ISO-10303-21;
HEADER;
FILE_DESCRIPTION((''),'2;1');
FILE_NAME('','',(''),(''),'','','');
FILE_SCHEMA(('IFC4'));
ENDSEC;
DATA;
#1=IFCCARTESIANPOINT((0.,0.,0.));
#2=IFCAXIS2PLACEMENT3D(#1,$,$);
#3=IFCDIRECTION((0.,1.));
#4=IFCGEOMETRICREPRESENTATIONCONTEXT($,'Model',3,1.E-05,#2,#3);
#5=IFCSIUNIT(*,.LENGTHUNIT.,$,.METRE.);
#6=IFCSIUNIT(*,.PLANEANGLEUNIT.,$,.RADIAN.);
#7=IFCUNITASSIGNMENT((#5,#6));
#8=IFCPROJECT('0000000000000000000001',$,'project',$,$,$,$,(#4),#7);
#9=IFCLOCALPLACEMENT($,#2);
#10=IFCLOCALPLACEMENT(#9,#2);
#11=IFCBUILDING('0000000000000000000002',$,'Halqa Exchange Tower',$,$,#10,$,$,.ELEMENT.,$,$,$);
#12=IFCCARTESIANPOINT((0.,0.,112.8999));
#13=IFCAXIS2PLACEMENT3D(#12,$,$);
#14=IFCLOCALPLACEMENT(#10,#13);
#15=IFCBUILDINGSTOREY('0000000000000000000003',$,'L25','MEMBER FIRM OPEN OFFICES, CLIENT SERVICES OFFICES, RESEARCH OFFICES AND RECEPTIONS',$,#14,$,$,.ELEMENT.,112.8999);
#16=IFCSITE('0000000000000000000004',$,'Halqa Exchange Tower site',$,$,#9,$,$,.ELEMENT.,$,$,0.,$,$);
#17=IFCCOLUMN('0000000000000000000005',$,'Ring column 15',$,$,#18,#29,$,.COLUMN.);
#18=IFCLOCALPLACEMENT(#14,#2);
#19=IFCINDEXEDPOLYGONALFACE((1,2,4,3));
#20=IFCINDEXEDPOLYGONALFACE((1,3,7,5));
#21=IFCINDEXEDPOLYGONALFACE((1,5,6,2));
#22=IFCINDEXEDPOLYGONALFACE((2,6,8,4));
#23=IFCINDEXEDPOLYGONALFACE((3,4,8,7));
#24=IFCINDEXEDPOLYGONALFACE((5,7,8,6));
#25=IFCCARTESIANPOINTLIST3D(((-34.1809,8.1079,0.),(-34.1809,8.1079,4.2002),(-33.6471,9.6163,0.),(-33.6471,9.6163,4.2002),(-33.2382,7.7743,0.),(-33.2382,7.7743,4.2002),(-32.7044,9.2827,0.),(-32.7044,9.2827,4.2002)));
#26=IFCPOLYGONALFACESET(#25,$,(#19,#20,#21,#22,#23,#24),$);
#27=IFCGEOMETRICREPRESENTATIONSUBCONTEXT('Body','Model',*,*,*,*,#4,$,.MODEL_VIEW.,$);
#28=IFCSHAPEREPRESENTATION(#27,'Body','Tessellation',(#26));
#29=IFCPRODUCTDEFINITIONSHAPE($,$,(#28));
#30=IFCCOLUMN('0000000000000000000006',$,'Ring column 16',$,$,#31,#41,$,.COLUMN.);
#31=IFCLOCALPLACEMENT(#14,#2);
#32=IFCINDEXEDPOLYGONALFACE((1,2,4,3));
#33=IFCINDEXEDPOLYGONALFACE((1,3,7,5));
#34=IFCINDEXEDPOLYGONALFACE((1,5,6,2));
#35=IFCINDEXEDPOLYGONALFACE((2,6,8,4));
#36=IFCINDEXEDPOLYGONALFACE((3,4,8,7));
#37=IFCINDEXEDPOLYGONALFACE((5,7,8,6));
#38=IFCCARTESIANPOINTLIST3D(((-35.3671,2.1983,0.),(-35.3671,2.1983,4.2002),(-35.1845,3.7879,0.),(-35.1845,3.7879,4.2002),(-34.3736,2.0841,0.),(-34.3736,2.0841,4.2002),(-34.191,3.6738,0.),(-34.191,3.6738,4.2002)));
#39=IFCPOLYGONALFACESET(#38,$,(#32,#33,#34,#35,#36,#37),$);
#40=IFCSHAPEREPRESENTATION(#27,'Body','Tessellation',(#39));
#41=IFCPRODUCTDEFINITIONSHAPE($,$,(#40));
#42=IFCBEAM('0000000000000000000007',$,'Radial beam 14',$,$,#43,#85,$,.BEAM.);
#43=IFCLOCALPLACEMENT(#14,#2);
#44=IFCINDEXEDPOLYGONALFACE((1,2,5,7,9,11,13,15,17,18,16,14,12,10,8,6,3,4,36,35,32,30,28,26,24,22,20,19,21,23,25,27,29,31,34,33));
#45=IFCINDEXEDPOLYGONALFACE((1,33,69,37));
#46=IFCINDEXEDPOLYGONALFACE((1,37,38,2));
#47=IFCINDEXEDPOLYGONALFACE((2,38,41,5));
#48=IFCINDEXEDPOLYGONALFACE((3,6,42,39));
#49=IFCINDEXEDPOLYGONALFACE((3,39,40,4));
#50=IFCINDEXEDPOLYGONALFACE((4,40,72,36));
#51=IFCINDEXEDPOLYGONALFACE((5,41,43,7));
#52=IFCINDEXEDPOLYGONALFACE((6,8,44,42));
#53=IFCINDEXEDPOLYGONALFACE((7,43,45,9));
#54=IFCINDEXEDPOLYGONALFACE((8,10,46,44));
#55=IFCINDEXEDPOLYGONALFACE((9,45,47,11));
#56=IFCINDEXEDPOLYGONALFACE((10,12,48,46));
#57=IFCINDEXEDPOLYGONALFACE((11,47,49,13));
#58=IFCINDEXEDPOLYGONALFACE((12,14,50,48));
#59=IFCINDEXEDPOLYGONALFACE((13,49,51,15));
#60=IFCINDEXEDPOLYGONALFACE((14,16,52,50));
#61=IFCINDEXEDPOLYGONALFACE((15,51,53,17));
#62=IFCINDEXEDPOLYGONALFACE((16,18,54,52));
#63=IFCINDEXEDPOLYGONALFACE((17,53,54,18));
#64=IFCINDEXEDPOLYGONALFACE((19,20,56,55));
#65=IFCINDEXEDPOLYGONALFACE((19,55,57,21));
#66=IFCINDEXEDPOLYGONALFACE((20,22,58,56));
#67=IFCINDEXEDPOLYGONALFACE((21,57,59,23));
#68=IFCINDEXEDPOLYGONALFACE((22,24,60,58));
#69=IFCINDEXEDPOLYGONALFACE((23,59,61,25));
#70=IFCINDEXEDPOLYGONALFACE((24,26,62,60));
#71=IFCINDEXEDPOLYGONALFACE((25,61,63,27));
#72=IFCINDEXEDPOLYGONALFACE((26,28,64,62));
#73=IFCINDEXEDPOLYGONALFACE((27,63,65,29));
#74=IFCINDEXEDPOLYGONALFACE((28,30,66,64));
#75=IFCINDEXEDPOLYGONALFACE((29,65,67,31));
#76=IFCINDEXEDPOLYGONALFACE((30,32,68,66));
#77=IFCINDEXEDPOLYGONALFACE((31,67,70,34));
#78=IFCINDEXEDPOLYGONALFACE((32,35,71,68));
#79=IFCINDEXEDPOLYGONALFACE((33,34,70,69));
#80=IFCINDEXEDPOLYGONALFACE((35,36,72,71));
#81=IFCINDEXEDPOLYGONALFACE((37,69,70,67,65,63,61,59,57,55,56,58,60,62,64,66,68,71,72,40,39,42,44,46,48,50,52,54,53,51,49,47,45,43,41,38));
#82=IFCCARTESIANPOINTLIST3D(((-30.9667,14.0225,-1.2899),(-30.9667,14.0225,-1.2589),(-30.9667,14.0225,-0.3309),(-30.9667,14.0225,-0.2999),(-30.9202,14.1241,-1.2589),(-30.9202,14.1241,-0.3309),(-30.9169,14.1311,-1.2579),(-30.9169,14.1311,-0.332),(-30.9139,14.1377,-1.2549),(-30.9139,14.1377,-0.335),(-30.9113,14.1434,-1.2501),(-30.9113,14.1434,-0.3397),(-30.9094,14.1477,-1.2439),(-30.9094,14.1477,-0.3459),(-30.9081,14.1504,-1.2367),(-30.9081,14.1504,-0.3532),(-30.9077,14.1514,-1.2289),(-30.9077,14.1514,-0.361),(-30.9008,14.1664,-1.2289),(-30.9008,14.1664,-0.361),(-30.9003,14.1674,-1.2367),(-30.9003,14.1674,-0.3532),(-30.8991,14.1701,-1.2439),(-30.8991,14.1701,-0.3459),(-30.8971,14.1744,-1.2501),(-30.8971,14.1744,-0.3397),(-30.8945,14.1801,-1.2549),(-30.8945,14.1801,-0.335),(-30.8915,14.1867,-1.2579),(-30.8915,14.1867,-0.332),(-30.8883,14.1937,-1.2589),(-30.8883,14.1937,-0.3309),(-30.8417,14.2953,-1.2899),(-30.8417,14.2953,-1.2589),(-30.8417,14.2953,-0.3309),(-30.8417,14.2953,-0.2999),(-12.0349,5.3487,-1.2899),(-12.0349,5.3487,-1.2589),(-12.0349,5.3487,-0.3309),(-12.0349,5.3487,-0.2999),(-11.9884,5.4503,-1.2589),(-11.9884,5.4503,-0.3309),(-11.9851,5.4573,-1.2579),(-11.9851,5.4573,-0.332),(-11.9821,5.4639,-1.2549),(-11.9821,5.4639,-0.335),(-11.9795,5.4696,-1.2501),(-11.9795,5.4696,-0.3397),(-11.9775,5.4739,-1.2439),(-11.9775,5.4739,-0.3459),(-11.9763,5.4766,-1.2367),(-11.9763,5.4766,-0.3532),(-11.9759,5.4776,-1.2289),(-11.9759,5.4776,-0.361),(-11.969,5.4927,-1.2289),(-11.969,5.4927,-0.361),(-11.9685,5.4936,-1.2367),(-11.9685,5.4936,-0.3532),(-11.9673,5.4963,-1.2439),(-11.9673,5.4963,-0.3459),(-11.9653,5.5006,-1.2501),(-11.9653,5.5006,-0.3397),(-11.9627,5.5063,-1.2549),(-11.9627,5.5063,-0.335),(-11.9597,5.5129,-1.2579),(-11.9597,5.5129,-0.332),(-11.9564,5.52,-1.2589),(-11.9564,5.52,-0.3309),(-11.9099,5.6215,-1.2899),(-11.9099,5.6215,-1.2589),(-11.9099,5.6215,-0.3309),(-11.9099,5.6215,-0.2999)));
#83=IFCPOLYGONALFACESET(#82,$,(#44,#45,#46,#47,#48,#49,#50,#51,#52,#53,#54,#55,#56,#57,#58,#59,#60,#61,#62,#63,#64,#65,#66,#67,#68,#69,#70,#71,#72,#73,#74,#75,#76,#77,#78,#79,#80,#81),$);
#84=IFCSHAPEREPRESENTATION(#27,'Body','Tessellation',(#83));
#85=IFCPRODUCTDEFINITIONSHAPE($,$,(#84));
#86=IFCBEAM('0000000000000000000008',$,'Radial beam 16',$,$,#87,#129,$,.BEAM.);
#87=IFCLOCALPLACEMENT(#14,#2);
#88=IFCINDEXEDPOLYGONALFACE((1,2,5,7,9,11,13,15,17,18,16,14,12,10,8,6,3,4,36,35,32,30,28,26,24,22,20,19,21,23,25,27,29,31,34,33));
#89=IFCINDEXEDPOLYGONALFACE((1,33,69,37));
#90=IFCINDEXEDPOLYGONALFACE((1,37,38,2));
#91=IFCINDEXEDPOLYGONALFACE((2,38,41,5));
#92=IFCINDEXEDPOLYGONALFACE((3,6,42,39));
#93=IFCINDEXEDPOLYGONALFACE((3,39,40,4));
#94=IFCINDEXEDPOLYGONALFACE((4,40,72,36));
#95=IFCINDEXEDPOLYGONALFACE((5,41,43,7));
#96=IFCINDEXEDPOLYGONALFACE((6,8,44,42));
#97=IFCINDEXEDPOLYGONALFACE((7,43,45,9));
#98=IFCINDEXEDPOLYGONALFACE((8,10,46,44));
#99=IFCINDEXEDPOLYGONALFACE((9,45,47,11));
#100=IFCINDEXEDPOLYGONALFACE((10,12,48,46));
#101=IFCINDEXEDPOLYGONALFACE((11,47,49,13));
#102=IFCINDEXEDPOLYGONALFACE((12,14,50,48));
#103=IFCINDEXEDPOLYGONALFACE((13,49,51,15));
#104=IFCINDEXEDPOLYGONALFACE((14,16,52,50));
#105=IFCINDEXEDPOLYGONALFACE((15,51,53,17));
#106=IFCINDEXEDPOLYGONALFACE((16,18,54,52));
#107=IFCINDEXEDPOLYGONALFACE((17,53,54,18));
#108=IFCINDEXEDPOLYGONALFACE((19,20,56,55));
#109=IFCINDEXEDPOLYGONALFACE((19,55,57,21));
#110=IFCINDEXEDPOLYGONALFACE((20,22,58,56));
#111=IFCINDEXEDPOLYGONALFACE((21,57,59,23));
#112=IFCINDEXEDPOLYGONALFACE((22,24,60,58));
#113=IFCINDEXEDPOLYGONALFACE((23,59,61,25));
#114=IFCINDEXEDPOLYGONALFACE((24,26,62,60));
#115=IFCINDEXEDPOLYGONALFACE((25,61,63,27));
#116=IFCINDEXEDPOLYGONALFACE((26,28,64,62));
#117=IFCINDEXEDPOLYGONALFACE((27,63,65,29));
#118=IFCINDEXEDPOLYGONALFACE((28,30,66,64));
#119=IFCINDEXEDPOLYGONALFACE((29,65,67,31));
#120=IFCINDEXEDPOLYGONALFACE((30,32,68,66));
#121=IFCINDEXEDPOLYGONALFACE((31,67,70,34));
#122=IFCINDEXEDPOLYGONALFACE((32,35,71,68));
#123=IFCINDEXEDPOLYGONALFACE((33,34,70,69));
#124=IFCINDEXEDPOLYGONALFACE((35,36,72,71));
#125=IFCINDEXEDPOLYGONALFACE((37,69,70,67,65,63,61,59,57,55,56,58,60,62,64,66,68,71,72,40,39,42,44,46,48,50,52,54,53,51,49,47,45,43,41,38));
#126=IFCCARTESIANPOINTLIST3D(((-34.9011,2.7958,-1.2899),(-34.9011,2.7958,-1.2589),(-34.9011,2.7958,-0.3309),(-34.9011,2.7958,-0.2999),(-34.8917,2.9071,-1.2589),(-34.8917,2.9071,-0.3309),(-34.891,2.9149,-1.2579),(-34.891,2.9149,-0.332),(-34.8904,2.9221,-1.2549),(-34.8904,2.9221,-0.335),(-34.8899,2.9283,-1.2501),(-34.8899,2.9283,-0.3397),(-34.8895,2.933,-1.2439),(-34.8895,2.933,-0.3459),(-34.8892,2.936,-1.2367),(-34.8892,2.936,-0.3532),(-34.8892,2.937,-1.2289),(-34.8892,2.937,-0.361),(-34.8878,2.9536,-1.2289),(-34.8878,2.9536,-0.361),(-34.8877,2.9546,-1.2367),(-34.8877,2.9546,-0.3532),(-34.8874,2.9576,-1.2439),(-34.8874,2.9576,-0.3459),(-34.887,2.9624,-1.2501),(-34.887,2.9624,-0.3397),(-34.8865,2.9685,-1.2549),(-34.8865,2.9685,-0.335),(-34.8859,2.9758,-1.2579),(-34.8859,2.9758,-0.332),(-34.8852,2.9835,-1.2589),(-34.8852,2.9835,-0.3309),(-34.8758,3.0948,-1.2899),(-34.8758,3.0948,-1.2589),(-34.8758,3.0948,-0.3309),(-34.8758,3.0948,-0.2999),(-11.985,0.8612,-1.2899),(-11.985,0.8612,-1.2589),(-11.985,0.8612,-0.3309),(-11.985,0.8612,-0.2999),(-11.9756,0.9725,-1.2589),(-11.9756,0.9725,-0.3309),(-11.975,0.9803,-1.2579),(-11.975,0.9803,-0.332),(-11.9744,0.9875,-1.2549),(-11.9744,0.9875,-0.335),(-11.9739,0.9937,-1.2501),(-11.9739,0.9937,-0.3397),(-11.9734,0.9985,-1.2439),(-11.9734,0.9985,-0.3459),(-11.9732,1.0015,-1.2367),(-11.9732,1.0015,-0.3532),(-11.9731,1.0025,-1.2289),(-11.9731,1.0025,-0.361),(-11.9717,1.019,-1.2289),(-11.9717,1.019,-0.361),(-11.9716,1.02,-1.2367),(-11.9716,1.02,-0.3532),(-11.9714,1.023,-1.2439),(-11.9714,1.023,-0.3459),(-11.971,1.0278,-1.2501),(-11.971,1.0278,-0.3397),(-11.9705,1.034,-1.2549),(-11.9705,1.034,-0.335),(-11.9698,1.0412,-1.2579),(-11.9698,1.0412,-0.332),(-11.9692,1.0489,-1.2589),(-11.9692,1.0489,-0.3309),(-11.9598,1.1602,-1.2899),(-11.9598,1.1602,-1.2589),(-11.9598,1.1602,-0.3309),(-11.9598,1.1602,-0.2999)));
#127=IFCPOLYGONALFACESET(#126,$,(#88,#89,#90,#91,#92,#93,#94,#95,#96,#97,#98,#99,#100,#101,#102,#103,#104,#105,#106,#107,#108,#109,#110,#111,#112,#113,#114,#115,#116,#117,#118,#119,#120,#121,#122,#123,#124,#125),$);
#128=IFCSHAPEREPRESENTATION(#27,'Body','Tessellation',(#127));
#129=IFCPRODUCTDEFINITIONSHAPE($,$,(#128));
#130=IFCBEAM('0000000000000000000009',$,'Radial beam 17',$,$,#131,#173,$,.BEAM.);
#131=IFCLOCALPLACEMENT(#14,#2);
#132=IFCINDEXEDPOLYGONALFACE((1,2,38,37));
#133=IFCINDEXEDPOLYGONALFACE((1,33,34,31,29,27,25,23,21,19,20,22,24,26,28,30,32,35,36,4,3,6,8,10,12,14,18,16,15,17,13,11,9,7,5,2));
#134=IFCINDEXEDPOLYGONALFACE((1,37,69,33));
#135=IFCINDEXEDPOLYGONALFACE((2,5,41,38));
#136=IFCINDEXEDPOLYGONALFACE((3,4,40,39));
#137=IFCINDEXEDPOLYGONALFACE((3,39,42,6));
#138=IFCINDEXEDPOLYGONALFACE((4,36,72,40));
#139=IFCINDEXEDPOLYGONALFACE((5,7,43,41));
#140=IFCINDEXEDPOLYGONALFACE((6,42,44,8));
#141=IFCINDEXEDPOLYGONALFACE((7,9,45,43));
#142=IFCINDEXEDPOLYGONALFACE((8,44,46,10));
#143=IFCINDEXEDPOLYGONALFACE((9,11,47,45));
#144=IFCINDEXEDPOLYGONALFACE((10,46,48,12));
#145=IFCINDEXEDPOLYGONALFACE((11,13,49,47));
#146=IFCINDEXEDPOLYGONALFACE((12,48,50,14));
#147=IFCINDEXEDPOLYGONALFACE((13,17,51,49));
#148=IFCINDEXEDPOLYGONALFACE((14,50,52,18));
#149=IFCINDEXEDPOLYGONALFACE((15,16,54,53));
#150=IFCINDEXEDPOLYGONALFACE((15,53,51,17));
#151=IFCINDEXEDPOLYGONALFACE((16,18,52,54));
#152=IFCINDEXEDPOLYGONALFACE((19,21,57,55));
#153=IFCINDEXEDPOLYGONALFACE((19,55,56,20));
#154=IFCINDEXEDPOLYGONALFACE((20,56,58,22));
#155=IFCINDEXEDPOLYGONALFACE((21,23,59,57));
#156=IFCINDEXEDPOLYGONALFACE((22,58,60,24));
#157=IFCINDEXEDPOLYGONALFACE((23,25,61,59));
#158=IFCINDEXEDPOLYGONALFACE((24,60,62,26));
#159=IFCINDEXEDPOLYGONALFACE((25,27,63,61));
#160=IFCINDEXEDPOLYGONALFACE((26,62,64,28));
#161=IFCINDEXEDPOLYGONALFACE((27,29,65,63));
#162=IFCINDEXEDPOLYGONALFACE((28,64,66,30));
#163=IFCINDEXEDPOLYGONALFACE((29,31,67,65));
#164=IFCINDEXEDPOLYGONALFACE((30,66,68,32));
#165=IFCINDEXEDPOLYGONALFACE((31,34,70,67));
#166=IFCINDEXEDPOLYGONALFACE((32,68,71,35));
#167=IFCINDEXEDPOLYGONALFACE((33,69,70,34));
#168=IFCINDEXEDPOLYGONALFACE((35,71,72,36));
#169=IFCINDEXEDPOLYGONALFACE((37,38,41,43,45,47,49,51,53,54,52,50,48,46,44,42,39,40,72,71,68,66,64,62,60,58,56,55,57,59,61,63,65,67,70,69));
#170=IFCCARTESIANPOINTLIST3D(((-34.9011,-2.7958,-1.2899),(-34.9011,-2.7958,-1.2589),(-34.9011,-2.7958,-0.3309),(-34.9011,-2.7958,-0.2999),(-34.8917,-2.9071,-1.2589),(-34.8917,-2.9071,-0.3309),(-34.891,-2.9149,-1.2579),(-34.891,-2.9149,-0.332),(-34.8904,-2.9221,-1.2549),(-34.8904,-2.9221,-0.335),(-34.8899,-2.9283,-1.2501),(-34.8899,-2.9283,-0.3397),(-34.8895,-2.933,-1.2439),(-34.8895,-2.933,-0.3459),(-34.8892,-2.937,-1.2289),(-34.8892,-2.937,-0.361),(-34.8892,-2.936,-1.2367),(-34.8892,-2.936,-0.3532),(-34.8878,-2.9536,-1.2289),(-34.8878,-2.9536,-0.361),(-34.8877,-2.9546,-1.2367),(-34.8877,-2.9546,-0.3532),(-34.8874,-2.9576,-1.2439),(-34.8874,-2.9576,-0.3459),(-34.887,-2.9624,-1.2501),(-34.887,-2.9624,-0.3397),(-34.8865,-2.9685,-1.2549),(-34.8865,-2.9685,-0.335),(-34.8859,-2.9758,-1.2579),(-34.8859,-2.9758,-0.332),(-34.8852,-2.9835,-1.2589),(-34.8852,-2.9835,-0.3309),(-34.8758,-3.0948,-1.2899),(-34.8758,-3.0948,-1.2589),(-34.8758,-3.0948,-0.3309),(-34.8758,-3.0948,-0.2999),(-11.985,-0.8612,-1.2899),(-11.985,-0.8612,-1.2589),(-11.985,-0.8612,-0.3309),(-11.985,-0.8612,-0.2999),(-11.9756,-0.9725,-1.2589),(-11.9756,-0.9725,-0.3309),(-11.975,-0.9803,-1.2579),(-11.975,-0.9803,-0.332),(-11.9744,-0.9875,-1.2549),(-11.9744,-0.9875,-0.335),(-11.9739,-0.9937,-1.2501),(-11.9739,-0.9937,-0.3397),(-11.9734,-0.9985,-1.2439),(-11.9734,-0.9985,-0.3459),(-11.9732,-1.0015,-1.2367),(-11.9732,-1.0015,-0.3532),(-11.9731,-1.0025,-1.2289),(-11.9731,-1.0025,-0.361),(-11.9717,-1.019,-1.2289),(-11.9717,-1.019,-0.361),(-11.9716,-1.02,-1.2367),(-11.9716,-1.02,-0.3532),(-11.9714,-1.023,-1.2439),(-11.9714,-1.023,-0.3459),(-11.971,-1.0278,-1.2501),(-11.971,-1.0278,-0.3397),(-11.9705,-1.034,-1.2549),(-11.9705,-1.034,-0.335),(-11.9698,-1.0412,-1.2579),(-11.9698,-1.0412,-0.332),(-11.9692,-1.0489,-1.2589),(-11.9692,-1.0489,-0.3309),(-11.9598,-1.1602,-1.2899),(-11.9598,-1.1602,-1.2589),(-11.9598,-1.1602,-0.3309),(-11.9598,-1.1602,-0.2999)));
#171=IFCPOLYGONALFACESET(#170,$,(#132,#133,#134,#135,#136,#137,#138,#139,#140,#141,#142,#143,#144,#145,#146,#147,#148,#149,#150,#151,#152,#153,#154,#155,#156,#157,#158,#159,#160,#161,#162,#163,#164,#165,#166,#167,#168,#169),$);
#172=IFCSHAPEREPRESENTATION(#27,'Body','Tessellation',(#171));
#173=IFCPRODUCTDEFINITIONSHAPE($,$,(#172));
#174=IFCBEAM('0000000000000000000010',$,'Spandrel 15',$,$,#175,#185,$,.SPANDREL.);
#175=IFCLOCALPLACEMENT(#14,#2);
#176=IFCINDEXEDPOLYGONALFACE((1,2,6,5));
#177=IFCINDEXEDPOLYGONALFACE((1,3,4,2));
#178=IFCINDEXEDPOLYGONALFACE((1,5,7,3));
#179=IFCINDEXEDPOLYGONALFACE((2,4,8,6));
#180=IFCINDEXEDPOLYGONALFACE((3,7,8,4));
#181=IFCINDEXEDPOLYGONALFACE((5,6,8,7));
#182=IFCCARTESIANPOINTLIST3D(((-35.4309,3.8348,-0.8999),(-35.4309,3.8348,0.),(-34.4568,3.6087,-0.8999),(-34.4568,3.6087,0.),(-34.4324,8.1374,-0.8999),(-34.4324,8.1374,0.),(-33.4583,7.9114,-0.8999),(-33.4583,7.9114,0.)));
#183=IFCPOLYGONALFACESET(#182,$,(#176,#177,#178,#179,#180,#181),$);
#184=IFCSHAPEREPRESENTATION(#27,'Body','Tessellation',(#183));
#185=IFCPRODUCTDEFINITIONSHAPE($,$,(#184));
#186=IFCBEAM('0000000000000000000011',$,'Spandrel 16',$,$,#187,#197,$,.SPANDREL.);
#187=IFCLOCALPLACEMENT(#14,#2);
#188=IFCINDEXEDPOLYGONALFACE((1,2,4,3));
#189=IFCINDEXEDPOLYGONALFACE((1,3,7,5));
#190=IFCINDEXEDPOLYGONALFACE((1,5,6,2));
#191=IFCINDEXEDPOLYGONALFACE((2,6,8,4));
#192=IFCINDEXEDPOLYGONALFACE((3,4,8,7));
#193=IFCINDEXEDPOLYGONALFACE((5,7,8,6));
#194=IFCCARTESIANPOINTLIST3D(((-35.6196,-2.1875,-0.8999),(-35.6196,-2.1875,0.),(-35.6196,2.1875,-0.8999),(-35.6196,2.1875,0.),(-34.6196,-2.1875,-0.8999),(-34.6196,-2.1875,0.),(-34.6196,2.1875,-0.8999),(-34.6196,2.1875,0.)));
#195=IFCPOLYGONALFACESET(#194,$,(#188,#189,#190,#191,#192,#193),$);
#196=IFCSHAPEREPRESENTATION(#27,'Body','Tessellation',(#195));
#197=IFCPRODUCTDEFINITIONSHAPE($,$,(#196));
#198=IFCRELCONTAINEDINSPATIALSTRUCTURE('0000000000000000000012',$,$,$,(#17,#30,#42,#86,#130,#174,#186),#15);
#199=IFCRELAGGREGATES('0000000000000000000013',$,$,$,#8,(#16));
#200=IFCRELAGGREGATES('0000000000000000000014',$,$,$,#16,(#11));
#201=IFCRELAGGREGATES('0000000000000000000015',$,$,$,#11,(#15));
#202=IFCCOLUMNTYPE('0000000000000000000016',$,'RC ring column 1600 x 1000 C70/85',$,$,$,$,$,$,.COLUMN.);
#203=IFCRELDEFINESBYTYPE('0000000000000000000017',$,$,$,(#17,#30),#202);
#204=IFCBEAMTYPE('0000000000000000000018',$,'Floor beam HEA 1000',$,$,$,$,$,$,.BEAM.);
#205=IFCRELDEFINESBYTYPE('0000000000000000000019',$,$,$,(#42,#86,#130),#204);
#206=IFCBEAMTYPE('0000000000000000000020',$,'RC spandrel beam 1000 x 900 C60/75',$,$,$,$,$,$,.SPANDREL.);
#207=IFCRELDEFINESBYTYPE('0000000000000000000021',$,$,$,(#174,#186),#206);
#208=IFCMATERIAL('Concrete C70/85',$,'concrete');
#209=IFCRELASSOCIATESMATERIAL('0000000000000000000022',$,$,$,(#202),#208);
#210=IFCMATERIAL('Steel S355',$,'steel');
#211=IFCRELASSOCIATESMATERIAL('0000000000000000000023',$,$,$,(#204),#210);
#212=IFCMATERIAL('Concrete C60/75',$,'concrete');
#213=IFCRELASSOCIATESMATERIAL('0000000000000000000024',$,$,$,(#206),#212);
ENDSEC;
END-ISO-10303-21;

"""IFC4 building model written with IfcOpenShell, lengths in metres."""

from ifc_helpers import new_model, si_unit, direction, frame, origin, origin_2d, place, context, subcontext, project, spatial, rectangle, i_section, extrude, material, material_profile, profile_set, type_object, element, save


model = new_model("IFC4")

# Units and contexts
model_context = context("Model", 3, precision=1e-05, world=origin(), true_north=direction((0.0, 1.0)))
body_context = subcontext(model_context, "Body", "Model", "MODEL_VIEW")
ifc_project = project(units=[si_unit("LENGTHUNIT", "METRE"), si_unit("PLANEANGLEUNIT", "RADIAN")], contexts=[model_context])

# Site, building, storey
site_placement = place(None, origin())
site = spatial("IfcSite", under=ifc_project, at=site_placement, Name="Halqa Exchange Tower site", CompositionType="ELEMENT", RefElevation=0.0)
building_placement = place(site_placement, origin())
building = spatial("IfcBuilding", under=site, at=building_placement, Name="Halqa Exchange Tower", CompositionType="ELEMENT")
storey_placement = place(building_placement, frame((0.0, 0.0, 112.8999)))
storey = spatial("IfcBuildingStorey", under=building, at=storey_placement, Name="L25", Description="MEMBER FIRM OPEN OFFICES, CLIENT SERVICES OFFICES, RESEARCH OFFICES AND RECEPTIONS", CompositionType="ELEMENT", Elevation=112.8999)

# Columns
ifc_material_1 = material(Name="Concrete C70/85", Category="concrete")
ifc_material_profile_1 = material_profile(ifc_material_1, rectangle(XDim=1.6001, YDim=1.0, at=origin_2d()), Name="1600 x 1000")
ifc_profile_set_1 = profile_set([ifc_material_profile_1], Name="Concrete C70/85")
column_type = type_object("IfcColumnType", Name="RC ring column 1600 x 1000 C70/85", PredefinedType="COLUMN", material=ifc_profile_set_1)
for number, where, z_axis, x_axis, name in (
    (1, (-33.4426, 8.6953, 0.0), (0.0, 0.0, 1.0), (-0.333624, -0.942706, 0.0), "Ring column 15"),
    (2, (-34.7791, 2.936, 0.0), (0.0, 0.0, 1.0), (-0.114152, -0.993463, 0.0), "Ring column 16"),
):
    element("IfcColumn", number, at=place(storey_placement, frame(where, z_axis=z_axis, x_axis=x_axis)), inside=storey, type_object=column_type, Name=name, PredefinedType="COLUMN", context=body_context, shape_type="SweptSolid", body=[
        extrude(rectangle(XDim=1.6001, YDim=1.0, at=origin_2d()), origin(), (0.0, 0.0, 1.0), 4.2002),
    ])

# Beams
ifc_material_2 = material(Name="Steel S355", Category="steel")
ifc_material_profile_2 = material_profile(ifc_material_2, i_section(OverallWidth=0.3, OverallDepth=0.99, WebThickness=0.0166, FlangeThickness=0.031, FilletRadius=0.03, at=origin_2d()), Name="HEA 1000")
ifc_profile_set_2 = profile_set([ifc_material_profile_2], Name="Steel S355")
beam_type_1 = type_object("IfcBeamType", Name="Floor beam HEA 1000", PredefinedType="BEAM", material=ifc_profile_set_2)
beam_1_placement = place(storey_placement, frame((-11.9724, 5.4851, -0.7949), z_axis=(-0.909125, 0.416524, 0.0), x_axis=(-0.416524, -0.909125, 0.0)))
element("IfcBeam", 3, at=beam_1_placement, inside=storey, type_object=beam_type_1, Name="Radial beam 14", PredefinedType="BEAM", context=body_context, shape_type="SweptSolid", body=[
    extrude(i_section(OverallWidth=0.3, OverallDepth=0.99, WebThickness=0.0166, FlangeThickness=0.031, FilletRadius=0.03, at=origin_2d()), origin(), (0.0, 0.0, 1.0), 20.8242),
])
for number, where, z_axis, x_axis, name in (
    (4, (-11.9724, 1.0107, -0.7949), (-0.996456, 0.084121, 0.0), (-0.084121, -0.996456, 0.0), "Radial beam 16"),
    (5, (-11.9724, -1.0107, -0.7949), (-0.996456, -0.084121, 0.0), (0.084121, -0.996456, 0.0), "Radial beam 17"),
):
    element("IfcBeam", number, at=place(storey_placement, frame(where, z_axis=z_axis, x_axis=x_axis)), inside=storey, type_object=beam_type_1, Name=name, PredefinedType="BEAM", context=body_context, shape_type="SweptSolid", body=[
        extrude(i_section(OverallWidth=0.3, OverallDepth=0.99, WebThickness=0.0166, FlangeThickness=0.031, FilletRadius=0.03, at=origin_2d()), origin(), (0.0, 0.0, 1.0), 22.9976),
    ])
ifc_material_3 = material(Name="Concrete C60/75", Category="concrete")
ifc_material_profile_3 = material_profile(ifc_material_3, rectangle(XDim=1.0, YDim=0.8999, at=origin_2d()), Name="1000 x 900")
ifc_profile_set_3 = profile_set([ifc_material_profile_3], Name="Concrete C60/75")
beam_type_2 = type_object("IfcBeamType", Name="RC spandrel beam 1000 x 900 C60/75", PredefinedType="SPANDREL", material=ifc_profile_set_3)
beam_2_placement = place(storey_placement, frame((-33.9453, 8.0244, -0.45), z_axis=(-0.226062, -0.974113, 0.0), x_axis=(0.974113, -0.226062, 0.0)))
element("IfcBeam", 6, at=beam_2_placement, inside=storey, type_object=beam_type_2, Name="Spandrel 15", PredefinedType="SPANDREL", context=body_context, shape_type="SweptSolid", body=[
    extrude(rectangle(XDim=1.0, YDim=0.8999, at=origin_2d()), origin(), (0.0, 0.0, 1.0), 4.417),
])
beam_3_placement = place(storey_placement, frame((-35.1196, 2.1875, -0.45), z_axis=(0.0, -1.0, 0.0), x_axis=(1.0, 0.0, 0.0)))
element("IfcBeam", 7, at=beam_3_placement, inside=storey, type_object=beam_type_2, Name="Spandrel 16", PredefinedType="SPANDREL", context=body_context, shape_type="SweptSolid", body=[
    extrude(rectangle(XDim=1.0, YDim=0.8999, at=origin_2d()), origin(), (0.0, 0.0, 1.0), 4.375),
])

save(model, "model.ifc")
